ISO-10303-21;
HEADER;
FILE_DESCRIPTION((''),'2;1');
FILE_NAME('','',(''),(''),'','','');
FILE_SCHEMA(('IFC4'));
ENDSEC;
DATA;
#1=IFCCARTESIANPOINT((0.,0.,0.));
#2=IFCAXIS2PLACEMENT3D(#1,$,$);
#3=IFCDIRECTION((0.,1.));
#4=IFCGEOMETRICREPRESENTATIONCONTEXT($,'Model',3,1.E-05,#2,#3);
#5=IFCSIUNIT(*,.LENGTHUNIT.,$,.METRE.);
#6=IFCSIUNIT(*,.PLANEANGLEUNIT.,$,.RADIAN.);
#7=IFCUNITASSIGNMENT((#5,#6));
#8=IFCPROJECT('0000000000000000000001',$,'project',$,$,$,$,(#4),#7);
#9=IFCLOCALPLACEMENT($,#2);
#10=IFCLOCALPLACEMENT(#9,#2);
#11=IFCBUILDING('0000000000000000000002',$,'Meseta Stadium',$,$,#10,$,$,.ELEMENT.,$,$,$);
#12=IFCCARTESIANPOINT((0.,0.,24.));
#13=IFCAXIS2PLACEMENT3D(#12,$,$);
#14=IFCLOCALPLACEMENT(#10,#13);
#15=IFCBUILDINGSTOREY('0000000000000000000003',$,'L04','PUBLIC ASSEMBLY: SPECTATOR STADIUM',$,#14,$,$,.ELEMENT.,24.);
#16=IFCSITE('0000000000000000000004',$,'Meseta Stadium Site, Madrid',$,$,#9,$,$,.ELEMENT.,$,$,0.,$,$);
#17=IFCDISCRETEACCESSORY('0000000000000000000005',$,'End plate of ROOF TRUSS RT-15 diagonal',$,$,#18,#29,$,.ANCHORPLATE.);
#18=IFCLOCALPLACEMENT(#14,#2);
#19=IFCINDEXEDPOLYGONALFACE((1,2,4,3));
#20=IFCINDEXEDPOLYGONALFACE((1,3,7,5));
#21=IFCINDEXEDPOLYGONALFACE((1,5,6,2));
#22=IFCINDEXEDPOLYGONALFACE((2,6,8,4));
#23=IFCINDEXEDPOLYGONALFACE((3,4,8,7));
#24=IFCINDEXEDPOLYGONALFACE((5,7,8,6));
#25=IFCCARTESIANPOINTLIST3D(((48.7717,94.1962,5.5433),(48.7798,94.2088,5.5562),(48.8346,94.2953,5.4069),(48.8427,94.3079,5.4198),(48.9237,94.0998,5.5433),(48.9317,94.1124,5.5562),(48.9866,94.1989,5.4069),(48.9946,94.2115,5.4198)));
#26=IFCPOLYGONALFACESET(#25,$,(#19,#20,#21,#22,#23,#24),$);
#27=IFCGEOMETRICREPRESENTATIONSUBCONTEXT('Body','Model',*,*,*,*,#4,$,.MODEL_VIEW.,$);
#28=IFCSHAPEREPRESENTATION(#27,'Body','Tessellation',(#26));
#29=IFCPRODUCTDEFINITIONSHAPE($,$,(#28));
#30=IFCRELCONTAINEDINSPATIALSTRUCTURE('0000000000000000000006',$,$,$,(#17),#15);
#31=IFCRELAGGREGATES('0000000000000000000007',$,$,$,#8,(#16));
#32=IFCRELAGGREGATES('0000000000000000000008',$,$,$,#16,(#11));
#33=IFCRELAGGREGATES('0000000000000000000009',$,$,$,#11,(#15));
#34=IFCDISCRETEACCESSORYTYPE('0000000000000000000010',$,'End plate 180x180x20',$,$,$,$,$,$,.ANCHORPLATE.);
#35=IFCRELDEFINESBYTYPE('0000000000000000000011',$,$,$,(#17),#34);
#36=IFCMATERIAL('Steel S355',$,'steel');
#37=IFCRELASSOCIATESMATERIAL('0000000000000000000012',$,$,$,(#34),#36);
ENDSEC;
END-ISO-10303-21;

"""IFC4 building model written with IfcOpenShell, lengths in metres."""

from ifc_helpers import new_model, si_unit, direction, frame, origin, origin_2d, place, context, subcontext, project, spatial, rectangle, extrude, material, material_profile, profile_set, type_object, element, save


model = new_model("IFC4")

# Units and contexts
model_context = context("Model", 3, precision=1e-05, world=origin(), true_north=direction((0.0, 1.0)))
body_context = subcontext(model_context, "Body", "Model", "MODEL_VIEW")
ifc_project = project(units=[si_unit("LENGTHUNIT", "METRE"), si_unit("PLANEANGLEUNIT", "RADIAN")], contexts=[model_context])

# Site, building, storey
site_placement = place(None, origin())
site = spatial("IfcSite", under=ifc_project, at=site_placement, Name="Meseta Stadium Site, Madrid", CompositionType="ELEMENT", RefElevation=0.0)
building_placement = place(site_placement, origin())
building = spatial("IfcBuilding", under=site, at=building_placement, Name="Meseta Stadium", CompositionType="ELEMENT")
storey_placement = place(building_placement, frame((0.0, 0.0, 24.0)))
storey = spatial("IfcBuildingStorey", under=building, at=storey_placement, Name="L04", Description="PUBLIC ASSEMBLY: SPECTATOR STADIUM", CompositionType="ELEMENT", Elevation=24.0)

# Discrete accessory
ifc_material_1 = material(Name="Steel S355", Category="steel")
ifc_material_profile_1 = material_profile(ifc_material_1, rectangle(XDim=0.1799, YDim=0.1799, at=origin_2d()), Name="PL 180x180")
ifc_profile_set_1 = profile_set([ifc_material_profile_1], Name="Steel S355")
discrete_accessory_type = type_object("IfcDiscreteAccessoryType", Name="End plate 180x180x20", PredefinedType="ANCHORPLATE", material=ifc_profile_set_1)
discrete_accessory_placement = place(storey_placement, frame((48.8792, 94.1975, 5.4751), z_axis=(0.40614, 0.639979, 0.652286), x_axis=(-0.844329, 0.535824, 0.0)))
element("IfcDiscreteAccessory", 1, at=discrete_accessory_placement, inside=storey, type_object=discrete_accessory_type, Name="End plate of ROOF TRUSS RT-15 diagonal", PredefinedType="ANCHORPLATE", context=body_context, shape_type="SweptSolid", body=[
    extrude(rectangle(XDim=0.1799, YDim=0.1799, at=origin_2d()), origin(), (0.0, 0.0, 1.0), 0.0198),
])

save(model, "model.ifc")
